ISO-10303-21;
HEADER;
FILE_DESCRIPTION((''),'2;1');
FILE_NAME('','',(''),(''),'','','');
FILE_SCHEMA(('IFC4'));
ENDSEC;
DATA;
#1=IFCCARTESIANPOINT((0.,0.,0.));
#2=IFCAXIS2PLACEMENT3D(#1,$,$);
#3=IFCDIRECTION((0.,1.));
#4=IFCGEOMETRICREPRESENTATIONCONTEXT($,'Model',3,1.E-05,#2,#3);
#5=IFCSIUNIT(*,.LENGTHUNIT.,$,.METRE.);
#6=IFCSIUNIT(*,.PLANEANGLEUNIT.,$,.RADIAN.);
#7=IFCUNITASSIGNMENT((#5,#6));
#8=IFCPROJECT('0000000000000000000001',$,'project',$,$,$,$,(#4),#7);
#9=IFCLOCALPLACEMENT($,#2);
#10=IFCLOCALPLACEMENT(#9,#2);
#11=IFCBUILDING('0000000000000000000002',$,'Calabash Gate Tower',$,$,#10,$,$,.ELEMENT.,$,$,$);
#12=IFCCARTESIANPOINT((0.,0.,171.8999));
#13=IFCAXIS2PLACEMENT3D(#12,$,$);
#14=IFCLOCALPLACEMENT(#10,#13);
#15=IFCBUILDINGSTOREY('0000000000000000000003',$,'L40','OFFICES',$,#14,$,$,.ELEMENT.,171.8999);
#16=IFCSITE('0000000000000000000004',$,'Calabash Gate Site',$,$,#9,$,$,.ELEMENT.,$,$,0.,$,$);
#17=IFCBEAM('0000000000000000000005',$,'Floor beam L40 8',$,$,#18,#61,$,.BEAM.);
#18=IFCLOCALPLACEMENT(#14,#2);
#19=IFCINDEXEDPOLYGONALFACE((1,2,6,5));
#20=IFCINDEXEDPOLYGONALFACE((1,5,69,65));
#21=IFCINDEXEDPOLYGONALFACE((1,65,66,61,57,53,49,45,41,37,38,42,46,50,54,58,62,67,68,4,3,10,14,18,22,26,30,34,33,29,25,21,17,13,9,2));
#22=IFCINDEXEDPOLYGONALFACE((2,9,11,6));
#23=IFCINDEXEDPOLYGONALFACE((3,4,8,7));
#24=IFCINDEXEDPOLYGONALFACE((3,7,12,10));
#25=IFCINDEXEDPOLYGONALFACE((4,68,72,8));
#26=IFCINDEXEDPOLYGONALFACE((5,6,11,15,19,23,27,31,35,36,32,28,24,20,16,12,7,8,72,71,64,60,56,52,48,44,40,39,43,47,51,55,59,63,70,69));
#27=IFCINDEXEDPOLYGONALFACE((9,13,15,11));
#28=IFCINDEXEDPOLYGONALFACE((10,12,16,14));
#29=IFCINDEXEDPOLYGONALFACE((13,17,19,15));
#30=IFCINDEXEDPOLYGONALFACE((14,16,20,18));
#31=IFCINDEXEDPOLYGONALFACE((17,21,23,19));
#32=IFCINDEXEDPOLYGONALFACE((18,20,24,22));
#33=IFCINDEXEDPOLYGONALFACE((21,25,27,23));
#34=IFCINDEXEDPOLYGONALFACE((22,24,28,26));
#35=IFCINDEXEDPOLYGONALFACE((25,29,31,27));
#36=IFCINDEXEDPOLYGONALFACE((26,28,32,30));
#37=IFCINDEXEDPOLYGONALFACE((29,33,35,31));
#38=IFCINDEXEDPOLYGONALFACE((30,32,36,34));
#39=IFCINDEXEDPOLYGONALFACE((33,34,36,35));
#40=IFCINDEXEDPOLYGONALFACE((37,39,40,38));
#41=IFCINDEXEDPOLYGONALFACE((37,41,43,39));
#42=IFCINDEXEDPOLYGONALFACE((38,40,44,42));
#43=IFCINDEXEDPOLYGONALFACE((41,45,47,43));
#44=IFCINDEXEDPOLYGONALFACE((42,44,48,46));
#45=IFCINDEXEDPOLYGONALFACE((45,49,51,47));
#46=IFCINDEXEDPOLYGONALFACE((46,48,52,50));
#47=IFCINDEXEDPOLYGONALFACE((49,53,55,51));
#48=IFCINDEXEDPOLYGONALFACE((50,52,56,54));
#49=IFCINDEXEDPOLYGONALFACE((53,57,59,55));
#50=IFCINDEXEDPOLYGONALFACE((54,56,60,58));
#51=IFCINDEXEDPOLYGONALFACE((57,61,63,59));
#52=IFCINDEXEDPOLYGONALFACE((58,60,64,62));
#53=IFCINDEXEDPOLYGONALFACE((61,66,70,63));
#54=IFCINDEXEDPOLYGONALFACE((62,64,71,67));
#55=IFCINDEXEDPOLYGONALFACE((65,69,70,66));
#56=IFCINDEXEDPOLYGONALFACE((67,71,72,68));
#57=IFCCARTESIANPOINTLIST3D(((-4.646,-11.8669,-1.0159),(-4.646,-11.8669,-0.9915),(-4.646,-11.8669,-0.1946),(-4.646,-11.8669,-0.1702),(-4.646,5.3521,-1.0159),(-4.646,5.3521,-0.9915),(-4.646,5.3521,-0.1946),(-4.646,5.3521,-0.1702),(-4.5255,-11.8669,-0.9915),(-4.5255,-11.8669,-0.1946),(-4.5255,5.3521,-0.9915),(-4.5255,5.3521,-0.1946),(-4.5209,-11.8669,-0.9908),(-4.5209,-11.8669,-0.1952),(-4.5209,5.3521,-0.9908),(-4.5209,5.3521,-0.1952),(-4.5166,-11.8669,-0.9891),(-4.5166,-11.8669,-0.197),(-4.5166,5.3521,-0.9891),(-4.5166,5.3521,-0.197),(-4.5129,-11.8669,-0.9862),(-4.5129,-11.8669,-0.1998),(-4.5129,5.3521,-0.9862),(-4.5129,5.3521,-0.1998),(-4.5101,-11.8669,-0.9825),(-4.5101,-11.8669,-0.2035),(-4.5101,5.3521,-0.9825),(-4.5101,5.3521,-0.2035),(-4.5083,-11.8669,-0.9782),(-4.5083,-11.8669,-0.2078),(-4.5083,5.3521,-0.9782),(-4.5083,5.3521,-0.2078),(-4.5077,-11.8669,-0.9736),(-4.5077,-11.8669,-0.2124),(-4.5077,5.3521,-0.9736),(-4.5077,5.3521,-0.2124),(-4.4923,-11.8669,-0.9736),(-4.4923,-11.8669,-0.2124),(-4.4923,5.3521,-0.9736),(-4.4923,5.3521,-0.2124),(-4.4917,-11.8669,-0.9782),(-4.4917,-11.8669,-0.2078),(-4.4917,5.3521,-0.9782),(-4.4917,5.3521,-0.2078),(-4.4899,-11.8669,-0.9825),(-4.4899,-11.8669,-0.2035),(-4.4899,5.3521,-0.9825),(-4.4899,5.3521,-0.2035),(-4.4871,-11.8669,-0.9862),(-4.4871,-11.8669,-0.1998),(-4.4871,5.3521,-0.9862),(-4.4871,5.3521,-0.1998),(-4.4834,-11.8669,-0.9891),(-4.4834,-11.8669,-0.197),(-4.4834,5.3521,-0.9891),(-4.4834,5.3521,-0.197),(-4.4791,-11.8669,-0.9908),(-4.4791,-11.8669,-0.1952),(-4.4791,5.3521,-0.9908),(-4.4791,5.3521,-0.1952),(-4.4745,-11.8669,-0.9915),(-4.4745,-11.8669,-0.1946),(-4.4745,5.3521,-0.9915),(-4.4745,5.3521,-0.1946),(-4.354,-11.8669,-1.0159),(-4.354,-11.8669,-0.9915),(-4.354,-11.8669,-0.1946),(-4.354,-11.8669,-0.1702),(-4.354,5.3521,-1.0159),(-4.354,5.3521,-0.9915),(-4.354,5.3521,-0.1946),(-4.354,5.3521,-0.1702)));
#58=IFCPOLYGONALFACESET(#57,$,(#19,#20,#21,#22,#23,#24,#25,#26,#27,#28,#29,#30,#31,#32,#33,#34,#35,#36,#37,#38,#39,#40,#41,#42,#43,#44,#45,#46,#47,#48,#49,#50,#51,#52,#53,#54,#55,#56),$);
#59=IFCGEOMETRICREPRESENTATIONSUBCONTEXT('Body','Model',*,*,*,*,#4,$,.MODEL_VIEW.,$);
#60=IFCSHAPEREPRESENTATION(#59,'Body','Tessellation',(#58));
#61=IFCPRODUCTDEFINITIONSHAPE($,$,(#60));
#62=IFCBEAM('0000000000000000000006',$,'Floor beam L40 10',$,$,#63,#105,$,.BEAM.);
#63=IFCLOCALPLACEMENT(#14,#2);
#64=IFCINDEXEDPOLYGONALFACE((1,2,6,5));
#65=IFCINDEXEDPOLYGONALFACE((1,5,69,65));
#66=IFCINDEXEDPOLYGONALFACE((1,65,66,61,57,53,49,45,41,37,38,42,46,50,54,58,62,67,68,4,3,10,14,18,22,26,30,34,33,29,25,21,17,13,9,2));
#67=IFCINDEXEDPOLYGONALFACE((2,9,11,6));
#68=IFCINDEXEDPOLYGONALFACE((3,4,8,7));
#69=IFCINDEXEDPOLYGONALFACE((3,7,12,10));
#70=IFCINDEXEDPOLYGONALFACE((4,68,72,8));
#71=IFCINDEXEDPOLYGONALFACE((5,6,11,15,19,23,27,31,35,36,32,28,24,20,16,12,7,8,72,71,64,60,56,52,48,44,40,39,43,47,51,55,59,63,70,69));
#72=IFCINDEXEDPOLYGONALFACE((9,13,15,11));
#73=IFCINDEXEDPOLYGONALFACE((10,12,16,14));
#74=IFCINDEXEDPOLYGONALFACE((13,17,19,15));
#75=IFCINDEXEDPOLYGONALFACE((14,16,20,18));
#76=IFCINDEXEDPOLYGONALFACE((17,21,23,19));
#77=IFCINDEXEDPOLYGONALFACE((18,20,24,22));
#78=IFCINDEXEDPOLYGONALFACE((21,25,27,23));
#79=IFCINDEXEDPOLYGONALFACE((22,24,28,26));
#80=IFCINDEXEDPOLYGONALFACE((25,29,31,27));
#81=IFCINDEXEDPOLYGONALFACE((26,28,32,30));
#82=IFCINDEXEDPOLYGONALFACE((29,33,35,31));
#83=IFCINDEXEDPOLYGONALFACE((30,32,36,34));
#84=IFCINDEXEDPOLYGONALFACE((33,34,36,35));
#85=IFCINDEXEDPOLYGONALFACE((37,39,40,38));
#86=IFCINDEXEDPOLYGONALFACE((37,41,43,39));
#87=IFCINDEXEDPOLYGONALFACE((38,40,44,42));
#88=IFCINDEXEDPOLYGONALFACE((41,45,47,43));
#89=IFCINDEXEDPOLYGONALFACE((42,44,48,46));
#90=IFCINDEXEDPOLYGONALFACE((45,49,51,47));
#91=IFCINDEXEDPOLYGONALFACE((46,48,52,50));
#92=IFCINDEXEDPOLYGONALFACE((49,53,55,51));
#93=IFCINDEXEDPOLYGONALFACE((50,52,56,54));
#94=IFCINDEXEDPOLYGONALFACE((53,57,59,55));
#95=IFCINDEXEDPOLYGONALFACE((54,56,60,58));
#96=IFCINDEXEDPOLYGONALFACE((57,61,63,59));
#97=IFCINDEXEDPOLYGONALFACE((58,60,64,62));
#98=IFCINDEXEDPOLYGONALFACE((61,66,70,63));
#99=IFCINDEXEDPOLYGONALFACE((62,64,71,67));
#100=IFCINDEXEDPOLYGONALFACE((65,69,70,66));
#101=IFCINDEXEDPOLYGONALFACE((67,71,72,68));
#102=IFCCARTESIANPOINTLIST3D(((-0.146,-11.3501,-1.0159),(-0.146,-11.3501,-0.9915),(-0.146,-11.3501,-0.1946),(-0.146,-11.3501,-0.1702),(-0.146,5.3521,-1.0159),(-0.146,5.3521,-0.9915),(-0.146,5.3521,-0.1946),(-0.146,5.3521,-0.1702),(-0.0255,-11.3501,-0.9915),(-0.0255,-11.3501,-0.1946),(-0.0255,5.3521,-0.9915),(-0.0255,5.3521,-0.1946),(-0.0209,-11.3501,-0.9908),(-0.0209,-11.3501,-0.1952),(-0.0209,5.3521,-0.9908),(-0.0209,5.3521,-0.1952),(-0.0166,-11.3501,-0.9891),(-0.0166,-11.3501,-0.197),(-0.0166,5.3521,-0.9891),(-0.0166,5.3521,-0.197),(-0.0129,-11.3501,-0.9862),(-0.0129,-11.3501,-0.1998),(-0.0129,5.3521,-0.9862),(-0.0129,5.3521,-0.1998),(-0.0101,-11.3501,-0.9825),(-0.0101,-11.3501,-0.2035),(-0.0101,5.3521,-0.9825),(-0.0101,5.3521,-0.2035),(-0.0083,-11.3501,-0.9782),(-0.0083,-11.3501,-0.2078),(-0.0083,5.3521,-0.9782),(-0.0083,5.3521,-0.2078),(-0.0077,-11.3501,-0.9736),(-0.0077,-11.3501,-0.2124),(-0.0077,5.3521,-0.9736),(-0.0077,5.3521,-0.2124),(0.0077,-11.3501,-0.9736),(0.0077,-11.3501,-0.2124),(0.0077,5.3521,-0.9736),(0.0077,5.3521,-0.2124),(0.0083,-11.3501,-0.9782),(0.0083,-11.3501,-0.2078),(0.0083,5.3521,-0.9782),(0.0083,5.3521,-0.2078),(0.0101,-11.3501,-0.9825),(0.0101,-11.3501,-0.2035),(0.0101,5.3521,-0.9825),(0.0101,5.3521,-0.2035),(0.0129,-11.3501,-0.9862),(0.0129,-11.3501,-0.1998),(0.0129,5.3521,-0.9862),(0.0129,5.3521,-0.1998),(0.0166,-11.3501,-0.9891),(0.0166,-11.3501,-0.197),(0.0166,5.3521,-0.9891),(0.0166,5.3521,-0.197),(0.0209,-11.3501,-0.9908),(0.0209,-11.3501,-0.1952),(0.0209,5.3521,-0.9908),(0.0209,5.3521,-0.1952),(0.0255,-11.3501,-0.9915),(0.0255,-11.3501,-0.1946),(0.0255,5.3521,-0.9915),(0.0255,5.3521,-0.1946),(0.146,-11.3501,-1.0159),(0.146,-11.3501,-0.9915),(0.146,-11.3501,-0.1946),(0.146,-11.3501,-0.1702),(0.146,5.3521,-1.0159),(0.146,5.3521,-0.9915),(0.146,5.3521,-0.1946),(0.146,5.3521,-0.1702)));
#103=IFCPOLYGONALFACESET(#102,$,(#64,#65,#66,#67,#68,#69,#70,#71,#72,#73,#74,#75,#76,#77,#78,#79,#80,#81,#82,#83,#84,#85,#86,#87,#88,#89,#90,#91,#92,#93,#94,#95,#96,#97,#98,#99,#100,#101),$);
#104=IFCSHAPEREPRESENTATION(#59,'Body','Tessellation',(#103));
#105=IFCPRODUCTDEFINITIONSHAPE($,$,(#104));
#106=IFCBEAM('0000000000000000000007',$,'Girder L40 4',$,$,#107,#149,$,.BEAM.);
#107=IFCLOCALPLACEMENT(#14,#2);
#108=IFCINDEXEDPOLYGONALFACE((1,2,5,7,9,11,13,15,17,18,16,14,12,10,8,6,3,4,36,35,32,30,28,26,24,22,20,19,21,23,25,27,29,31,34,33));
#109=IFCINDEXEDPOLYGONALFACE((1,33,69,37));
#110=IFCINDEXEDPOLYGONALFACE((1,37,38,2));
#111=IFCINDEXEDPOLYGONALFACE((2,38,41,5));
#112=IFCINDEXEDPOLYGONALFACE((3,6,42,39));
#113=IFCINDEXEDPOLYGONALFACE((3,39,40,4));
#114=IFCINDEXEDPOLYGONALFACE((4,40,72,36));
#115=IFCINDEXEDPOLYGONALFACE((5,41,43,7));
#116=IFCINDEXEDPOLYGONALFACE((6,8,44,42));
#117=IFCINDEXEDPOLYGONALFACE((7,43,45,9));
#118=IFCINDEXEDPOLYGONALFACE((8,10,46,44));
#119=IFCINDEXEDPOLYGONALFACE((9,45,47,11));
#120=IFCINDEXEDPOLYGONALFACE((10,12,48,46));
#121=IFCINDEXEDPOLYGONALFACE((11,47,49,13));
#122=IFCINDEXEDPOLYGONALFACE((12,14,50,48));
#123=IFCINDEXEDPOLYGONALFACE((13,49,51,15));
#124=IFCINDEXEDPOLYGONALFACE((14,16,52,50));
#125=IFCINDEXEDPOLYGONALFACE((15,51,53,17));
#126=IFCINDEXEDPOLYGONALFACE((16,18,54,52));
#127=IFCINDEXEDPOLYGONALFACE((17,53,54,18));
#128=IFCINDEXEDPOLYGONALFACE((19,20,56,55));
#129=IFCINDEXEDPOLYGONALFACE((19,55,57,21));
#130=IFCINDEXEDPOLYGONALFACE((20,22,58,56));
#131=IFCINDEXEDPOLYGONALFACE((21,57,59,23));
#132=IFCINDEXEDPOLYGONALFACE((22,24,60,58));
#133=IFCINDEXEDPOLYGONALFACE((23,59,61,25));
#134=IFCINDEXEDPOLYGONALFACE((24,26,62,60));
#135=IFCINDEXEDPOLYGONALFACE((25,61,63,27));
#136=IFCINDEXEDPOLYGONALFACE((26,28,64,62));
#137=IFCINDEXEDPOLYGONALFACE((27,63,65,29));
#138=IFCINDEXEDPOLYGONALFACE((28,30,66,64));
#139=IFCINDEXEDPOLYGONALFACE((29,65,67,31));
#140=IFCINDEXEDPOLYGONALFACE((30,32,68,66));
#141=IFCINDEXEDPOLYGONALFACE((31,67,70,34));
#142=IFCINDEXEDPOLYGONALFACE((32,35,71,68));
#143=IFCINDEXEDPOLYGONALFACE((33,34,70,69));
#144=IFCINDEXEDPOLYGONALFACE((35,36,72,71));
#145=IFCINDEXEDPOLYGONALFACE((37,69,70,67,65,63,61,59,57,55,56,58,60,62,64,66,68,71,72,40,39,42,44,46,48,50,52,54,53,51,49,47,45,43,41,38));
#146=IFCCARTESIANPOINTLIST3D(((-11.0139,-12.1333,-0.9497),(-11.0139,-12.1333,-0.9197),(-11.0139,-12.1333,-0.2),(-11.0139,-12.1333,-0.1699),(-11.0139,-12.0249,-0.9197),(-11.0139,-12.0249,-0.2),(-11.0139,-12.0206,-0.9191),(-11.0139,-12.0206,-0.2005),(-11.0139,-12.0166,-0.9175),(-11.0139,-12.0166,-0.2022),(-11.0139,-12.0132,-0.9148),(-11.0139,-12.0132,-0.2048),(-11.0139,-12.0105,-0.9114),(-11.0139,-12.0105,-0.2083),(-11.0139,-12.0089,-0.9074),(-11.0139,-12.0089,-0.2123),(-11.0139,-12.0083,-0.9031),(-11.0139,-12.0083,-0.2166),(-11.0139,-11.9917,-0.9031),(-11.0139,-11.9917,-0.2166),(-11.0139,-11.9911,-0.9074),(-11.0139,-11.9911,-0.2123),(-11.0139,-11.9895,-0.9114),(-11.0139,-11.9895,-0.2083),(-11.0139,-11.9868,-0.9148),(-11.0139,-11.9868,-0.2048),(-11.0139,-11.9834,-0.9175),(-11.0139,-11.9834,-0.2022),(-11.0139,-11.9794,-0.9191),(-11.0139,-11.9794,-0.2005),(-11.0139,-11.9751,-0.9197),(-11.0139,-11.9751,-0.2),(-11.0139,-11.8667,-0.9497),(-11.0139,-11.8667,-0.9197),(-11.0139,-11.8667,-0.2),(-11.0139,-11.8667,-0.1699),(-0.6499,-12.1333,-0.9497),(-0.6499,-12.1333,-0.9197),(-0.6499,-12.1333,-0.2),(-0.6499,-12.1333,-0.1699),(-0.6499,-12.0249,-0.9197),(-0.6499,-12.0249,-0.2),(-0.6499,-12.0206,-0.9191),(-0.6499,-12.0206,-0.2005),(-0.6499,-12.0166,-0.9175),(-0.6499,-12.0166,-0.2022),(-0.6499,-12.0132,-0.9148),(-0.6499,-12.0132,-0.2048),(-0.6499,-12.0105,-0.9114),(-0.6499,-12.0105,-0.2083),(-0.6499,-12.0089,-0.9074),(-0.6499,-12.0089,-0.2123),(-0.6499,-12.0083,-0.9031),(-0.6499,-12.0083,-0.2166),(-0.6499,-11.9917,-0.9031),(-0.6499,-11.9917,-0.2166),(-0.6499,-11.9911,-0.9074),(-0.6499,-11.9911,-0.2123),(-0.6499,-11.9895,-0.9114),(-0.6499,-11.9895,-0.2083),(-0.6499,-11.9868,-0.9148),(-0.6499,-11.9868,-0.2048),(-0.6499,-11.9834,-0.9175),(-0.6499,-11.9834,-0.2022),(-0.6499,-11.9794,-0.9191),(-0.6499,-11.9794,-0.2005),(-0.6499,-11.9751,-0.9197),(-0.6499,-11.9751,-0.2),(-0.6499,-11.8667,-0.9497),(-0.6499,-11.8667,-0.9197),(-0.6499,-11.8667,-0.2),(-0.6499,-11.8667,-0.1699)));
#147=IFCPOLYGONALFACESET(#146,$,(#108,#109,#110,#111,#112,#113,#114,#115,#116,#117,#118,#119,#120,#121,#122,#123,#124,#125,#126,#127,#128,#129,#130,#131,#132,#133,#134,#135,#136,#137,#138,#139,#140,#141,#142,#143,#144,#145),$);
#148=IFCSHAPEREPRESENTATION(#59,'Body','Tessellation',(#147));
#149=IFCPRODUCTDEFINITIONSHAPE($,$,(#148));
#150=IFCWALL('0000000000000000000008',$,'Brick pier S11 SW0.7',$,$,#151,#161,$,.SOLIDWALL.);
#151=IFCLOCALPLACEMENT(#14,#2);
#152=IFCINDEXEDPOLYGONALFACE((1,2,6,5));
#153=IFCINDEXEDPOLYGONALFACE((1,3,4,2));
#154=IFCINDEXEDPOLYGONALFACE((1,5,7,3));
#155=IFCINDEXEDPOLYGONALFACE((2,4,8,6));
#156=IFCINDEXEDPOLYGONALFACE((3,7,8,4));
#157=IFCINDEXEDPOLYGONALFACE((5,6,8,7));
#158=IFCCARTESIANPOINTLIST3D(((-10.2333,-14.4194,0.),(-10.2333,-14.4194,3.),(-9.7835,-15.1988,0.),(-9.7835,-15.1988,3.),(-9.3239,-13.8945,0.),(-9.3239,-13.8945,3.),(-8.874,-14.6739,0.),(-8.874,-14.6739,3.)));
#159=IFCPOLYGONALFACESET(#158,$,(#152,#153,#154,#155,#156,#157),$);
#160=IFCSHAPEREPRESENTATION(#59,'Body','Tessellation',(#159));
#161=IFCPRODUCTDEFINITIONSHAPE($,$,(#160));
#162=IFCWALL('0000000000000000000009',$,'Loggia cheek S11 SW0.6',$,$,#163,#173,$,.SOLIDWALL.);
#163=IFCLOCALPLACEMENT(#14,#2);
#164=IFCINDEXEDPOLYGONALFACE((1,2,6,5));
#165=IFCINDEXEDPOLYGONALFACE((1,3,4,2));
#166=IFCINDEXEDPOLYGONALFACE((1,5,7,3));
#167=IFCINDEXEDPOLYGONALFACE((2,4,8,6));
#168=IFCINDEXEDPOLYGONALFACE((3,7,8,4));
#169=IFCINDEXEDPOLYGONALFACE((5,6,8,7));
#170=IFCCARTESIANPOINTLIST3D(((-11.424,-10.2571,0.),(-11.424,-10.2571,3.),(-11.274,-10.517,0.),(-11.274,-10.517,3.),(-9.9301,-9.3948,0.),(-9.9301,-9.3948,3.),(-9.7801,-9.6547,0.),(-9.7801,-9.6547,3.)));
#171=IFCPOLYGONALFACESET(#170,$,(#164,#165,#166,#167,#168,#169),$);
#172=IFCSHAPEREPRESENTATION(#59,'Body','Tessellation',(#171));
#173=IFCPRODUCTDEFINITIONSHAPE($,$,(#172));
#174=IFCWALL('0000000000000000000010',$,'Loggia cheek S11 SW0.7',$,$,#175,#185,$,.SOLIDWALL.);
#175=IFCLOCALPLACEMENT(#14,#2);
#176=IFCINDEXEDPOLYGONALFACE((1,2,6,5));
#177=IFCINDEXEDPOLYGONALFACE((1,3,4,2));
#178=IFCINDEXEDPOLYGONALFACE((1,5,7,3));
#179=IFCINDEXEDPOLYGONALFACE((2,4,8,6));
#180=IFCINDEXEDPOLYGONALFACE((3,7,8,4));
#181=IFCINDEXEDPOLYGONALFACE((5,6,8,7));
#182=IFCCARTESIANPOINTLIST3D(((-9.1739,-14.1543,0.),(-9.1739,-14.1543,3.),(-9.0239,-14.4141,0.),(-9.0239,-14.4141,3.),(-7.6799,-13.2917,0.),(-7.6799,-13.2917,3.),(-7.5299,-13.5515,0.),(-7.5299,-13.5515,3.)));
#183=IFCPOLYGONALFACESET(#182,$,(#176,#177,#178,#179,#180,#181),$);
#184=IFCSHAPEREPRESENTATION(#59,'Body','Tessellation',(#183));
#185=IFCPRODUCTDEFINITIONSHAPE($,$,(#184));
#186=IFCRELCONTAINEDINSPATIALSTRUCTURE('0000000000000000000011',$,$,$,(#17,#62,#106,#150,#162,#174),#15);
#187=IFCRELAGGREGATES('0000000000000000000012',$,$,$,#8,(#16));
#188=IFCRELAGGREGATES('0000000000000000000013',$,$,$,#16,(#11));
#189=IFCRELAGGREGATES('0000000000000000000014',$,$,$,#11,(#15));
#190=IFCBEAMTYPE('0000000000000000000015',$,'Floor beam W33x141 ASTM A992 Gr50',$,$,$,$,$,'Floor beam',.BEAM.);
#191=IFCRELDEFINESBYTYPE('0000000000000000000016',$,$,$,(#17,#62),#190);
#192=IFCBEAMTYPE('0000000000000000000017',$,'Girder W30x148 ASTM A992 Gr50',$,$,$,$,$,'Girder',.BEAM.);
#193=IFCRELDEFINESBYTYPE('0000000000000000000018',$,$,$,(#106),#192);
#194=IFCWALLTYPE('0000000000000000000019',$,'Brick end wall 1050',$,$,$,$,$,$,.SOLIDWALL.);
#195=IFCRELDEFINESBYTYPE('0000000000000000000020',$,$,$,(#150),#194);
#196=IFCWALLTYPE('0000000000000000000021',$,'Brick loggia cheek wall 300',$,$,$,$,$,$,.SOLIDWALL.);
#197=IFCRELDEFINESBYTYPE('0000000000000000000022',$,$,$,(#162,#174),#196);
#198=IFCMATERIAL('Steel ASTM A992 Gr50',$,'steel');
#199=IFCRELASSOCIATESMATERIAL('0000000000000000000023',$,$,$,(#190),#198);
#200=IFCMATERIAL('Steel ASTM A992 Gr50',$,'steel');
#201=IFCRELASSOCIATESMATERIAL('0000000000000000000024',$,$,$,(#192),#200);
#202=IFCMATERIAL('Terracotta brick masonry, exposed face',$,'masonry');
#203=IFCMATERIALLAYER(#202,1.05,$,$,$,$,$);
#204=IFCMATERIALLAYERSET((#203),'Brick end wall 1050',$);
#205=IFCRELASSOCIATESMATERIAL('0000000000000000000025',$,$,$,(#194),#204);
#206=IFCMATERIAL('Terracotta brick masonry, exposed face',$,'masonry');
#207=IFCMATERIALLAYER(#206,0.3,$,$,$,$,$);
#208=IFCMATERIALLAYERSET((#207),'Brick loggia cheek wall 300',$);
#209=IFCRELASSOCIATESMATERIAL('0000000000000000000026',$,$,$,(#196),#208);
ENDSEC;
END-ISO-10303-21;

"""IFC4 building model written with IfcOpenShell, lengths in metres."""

from ifc_helpers import new_model, si_unit, direction, frame, frame_2d, origin, origin_2d, place, context, subcontext, project, spatial, rectangle, i_section, extrude, material, layer, layer_set, material_profile, profile_set, type_object, element, save


model = new_model("IFC4")

# Units and contexts
model_context = context("Model", 3, precision=1e-05, world=origin(), true_north=direction((0.0, 1.0)))
body_context = subcontext(model_context, "Body", "Model", "MODEL_VIEW")
ifc_project = project(units=[si_unit("LENGTHUNIT", "METRE"), si_unit("PLANEANGLEUNIT", "RADIAN")], contexts=[model_context])

# Site, building, storey
site_placement = place(None, origin())
site = spatial("IfcSite", under=ifc_project, at=site_placement, Name="Calabash Gate Site", CompositionType="ELEMENT", RefElevation=0.0)
building_placement = place(site_placement, origin())
building = spatial("IfcBuilding", under=site, at=building_placement, Name="Calabash Gate Tower", CompositionType="ELEMENT")
storey_placement = place(building_placement, frame((0.0, 0.0, 171.8999)))
storey = spatial("IfcBuildingStorey", under=building, at=storey_placement, Name="L40", Description="OFFICES", CompositionType="ELEMENT", Elevation=171.8999)

# Beams
ifc_material_1 = material(Name="Steel ASTM A992 Gr50", Category="steel")
ifc_material_profile_1 = material_profile(ifc_material_1, i_section(OverallWidth=0.292, OverallDepth=0.8457, WebThickness=0.0154, FlangeThickness=0.0244, FilletRadius=0.0178, at=origin_2d()))
ifc_profile_set_1 = profile_set([ifc_material_profile_1], Name="Steel ASTM A992 Gr50")
beam_type_1 = type_object("IfcBeamType", Name="Floor beam W33x141 ASTM A992 Gr50", ElementType="Floor beam", PredefinedType="BEAM", material=ifc_profile_set_1)
beam_1_placement = place(storey_placement, frame((-4.5, -11.8669, -0.593), z_axis=(0.0, 1.0, 0.0), x_axis=(-1.0, 0.0, 0.0)))
element("IfcBeam", 1, at=beam_1_placement, inside=storey, type_object=beam_type_1, Name="Floor beam L40 8", PredefinedType="BEAM", context=body_context, shape_type="SweptSolid", body=[
    extrude(i_section(OverallWidth=0.292, OverallDepth=0.8457, WebThickness=0.0154, FlangeThickness=0.0244, FilletRadius=0.0178, at=origin_2d()), origin(), (0.0, 0.0, 1.0), 17.219),
])
beam_2_placement = place(storey_placement, frame((0.0, -11.3501, -0.593), z_axis=(0.0, 1.0, 0.0), x_axis=(-1.0, 0.0, 0.0)))
element("IfcBeam", 2, at=beam_2_placement, inside=storey, type_object=beam_type_1, Name="Floor beam L40 10", PredefinedType="BEAM", context=body_context, shape_type="SweptSolid", body=[
    extrude(i_section(OverallWidth=0.292, OverallDepth=0.8457, WebThickness=0.0154, FlangeThickness=0.0244, FilletRadius=0.0178, at=origin_2d()), origin(), (0.0, 0.0, 1.0), 16.7021),
])
ifc_material_2 = material(Name="Steel ASTM A992 Gr50", Category="steel")
ifc_material_profile_2 = material_profile(ifc_material_2, i_section(OverallWidth=0.2666, OverallDepth=0.7798, WebThickness=0.0166, FlangeThickness=0.03, FilletRadius=0.0166, at=origin_2d()))
ifc_profile_set_2 = profile_set([ifc_material_profile_2], Name="Steel ASTM A992 Gr50")
beam_type_2 = type_object("IfcBeamType", Name="Girder W30x148 ASTM A992 Gr50", ElementType="Girder", PredefinedType="BEAM", material=ifc_profile_set_2)
beam_3_placement = place(storey_placement, frame((-11.0139, -12.0, -0.5598), z_axis=(1.0, 0.0, 0.0), x_axis=(0.0, 1.0, 0.0)))
element("IfcBeam", 3, at=beam_3_placement, inside=storey, type_object=beam_type_2, Name="Girder L40 4", PredefinedType="BEAM", context=body_context, shape_type="SweptSolid", body=[
    extrude(i_section(OverallWidth=0.2666, OverallDepth=0.7798, WebThickness=0.0166, FlangeThickness=0.03, FilletRadius=0.0166, at=origin_2d()), origin(), (0.0, 0.0, 1.0), 10.364),
])

# Walls
ifc_material_3 = material(Name="Terracotta brick masonry, exposed face", Category="masonry")
ifc_layer_1 = layer(ifc_material_3, 1.05)
ifc_layer_set_1 = layer_set([ifc_layer_1], Name="Brick end wall 1050")
wall_type_1 = type_object("IfcWallType", Name="Brick end wall 1050", PredefinedType="SOLIDWALL", material=ifc_layer_set_1)
wall_1_placement = place(storey_placement, frame((-10.0083, -14.8091, 0.0), z_axis=(0.0, 0.0, 1.0), x_axis=(0.866089, 0.49989, 0.0)))
element("IfcWall", 4, at=wall_1_placement, inside=storey, type_object=wall_type_1, Name="Brick pier S11 SW0.7", PredefinedType="SOLIDWALL", context=body_context, shape_type="SweptSolid", body=[
    extrude(rectangle(XDim=1.05, YDim=0.8999, at=frame_2d((0.5249, 0.0))), origin(), (0.0, 0.0, 1.0), 3.0),
])
ifc_material_4 = material(Name="Terracotta brick masonry, exposed face", Category="masonry")
ifc_layer_2 = layer(ifc_material_4, 0.3)
ifc_layer_set_2 = layer_set([ifc_layer_2], Name="Brick loggia cheek wall 300")
wall_type_2 = type_object("IfcWallType", Name="Brick loggia cheek wall 300", PredefinedType="SOLIDWALL", material=ifc_layer_set_2)
wall_2_placement = place(storey_placement, frame((-11.3489, -10.387, 0.0), z_axis=(0.0, 0.0, 1.0), x_axis=(0.866075, 0.499914, 0.0)))
element("IfcWall", 5, at=wall_2_placement, inside=storey, type_object=wall_type_2, Name="Loggia cheek S11 SW0.6", PredefinedType="SOLIDWALL", context=body_context, shape_type="SweptSolid", body=[
    extrude(rectangle(XDim=1.7249, YDim=0.3, at=frame_2d((0.8623, 0.0))), origin(), (0.0, 0.0, 1.0), 3.0),
])
wall_3_placement = place(storey_placement, frame((-9.0989, -14.2842, 0.0), z_axis=(0.0, 0.0, 1.0), x_axis=(0.866014, 0.500021, 0.0)))
element("IfcWall", 6, at=wall_3_placement, inside=storey, type_object=wall_type_2, Name="Loggia cheek S11 SW0.7", PredefinedType="SOLIDWALL", context=body_context, shape_type="SweptSolid", body=[
    extrude(rectangle(XDim=1.7251, YDim=0.3, at=frame_2d((0.8625, 0.0))), origin(), (0.0, 0.0, 1.0), 3.0),
])

save(model, "model.ifc")
